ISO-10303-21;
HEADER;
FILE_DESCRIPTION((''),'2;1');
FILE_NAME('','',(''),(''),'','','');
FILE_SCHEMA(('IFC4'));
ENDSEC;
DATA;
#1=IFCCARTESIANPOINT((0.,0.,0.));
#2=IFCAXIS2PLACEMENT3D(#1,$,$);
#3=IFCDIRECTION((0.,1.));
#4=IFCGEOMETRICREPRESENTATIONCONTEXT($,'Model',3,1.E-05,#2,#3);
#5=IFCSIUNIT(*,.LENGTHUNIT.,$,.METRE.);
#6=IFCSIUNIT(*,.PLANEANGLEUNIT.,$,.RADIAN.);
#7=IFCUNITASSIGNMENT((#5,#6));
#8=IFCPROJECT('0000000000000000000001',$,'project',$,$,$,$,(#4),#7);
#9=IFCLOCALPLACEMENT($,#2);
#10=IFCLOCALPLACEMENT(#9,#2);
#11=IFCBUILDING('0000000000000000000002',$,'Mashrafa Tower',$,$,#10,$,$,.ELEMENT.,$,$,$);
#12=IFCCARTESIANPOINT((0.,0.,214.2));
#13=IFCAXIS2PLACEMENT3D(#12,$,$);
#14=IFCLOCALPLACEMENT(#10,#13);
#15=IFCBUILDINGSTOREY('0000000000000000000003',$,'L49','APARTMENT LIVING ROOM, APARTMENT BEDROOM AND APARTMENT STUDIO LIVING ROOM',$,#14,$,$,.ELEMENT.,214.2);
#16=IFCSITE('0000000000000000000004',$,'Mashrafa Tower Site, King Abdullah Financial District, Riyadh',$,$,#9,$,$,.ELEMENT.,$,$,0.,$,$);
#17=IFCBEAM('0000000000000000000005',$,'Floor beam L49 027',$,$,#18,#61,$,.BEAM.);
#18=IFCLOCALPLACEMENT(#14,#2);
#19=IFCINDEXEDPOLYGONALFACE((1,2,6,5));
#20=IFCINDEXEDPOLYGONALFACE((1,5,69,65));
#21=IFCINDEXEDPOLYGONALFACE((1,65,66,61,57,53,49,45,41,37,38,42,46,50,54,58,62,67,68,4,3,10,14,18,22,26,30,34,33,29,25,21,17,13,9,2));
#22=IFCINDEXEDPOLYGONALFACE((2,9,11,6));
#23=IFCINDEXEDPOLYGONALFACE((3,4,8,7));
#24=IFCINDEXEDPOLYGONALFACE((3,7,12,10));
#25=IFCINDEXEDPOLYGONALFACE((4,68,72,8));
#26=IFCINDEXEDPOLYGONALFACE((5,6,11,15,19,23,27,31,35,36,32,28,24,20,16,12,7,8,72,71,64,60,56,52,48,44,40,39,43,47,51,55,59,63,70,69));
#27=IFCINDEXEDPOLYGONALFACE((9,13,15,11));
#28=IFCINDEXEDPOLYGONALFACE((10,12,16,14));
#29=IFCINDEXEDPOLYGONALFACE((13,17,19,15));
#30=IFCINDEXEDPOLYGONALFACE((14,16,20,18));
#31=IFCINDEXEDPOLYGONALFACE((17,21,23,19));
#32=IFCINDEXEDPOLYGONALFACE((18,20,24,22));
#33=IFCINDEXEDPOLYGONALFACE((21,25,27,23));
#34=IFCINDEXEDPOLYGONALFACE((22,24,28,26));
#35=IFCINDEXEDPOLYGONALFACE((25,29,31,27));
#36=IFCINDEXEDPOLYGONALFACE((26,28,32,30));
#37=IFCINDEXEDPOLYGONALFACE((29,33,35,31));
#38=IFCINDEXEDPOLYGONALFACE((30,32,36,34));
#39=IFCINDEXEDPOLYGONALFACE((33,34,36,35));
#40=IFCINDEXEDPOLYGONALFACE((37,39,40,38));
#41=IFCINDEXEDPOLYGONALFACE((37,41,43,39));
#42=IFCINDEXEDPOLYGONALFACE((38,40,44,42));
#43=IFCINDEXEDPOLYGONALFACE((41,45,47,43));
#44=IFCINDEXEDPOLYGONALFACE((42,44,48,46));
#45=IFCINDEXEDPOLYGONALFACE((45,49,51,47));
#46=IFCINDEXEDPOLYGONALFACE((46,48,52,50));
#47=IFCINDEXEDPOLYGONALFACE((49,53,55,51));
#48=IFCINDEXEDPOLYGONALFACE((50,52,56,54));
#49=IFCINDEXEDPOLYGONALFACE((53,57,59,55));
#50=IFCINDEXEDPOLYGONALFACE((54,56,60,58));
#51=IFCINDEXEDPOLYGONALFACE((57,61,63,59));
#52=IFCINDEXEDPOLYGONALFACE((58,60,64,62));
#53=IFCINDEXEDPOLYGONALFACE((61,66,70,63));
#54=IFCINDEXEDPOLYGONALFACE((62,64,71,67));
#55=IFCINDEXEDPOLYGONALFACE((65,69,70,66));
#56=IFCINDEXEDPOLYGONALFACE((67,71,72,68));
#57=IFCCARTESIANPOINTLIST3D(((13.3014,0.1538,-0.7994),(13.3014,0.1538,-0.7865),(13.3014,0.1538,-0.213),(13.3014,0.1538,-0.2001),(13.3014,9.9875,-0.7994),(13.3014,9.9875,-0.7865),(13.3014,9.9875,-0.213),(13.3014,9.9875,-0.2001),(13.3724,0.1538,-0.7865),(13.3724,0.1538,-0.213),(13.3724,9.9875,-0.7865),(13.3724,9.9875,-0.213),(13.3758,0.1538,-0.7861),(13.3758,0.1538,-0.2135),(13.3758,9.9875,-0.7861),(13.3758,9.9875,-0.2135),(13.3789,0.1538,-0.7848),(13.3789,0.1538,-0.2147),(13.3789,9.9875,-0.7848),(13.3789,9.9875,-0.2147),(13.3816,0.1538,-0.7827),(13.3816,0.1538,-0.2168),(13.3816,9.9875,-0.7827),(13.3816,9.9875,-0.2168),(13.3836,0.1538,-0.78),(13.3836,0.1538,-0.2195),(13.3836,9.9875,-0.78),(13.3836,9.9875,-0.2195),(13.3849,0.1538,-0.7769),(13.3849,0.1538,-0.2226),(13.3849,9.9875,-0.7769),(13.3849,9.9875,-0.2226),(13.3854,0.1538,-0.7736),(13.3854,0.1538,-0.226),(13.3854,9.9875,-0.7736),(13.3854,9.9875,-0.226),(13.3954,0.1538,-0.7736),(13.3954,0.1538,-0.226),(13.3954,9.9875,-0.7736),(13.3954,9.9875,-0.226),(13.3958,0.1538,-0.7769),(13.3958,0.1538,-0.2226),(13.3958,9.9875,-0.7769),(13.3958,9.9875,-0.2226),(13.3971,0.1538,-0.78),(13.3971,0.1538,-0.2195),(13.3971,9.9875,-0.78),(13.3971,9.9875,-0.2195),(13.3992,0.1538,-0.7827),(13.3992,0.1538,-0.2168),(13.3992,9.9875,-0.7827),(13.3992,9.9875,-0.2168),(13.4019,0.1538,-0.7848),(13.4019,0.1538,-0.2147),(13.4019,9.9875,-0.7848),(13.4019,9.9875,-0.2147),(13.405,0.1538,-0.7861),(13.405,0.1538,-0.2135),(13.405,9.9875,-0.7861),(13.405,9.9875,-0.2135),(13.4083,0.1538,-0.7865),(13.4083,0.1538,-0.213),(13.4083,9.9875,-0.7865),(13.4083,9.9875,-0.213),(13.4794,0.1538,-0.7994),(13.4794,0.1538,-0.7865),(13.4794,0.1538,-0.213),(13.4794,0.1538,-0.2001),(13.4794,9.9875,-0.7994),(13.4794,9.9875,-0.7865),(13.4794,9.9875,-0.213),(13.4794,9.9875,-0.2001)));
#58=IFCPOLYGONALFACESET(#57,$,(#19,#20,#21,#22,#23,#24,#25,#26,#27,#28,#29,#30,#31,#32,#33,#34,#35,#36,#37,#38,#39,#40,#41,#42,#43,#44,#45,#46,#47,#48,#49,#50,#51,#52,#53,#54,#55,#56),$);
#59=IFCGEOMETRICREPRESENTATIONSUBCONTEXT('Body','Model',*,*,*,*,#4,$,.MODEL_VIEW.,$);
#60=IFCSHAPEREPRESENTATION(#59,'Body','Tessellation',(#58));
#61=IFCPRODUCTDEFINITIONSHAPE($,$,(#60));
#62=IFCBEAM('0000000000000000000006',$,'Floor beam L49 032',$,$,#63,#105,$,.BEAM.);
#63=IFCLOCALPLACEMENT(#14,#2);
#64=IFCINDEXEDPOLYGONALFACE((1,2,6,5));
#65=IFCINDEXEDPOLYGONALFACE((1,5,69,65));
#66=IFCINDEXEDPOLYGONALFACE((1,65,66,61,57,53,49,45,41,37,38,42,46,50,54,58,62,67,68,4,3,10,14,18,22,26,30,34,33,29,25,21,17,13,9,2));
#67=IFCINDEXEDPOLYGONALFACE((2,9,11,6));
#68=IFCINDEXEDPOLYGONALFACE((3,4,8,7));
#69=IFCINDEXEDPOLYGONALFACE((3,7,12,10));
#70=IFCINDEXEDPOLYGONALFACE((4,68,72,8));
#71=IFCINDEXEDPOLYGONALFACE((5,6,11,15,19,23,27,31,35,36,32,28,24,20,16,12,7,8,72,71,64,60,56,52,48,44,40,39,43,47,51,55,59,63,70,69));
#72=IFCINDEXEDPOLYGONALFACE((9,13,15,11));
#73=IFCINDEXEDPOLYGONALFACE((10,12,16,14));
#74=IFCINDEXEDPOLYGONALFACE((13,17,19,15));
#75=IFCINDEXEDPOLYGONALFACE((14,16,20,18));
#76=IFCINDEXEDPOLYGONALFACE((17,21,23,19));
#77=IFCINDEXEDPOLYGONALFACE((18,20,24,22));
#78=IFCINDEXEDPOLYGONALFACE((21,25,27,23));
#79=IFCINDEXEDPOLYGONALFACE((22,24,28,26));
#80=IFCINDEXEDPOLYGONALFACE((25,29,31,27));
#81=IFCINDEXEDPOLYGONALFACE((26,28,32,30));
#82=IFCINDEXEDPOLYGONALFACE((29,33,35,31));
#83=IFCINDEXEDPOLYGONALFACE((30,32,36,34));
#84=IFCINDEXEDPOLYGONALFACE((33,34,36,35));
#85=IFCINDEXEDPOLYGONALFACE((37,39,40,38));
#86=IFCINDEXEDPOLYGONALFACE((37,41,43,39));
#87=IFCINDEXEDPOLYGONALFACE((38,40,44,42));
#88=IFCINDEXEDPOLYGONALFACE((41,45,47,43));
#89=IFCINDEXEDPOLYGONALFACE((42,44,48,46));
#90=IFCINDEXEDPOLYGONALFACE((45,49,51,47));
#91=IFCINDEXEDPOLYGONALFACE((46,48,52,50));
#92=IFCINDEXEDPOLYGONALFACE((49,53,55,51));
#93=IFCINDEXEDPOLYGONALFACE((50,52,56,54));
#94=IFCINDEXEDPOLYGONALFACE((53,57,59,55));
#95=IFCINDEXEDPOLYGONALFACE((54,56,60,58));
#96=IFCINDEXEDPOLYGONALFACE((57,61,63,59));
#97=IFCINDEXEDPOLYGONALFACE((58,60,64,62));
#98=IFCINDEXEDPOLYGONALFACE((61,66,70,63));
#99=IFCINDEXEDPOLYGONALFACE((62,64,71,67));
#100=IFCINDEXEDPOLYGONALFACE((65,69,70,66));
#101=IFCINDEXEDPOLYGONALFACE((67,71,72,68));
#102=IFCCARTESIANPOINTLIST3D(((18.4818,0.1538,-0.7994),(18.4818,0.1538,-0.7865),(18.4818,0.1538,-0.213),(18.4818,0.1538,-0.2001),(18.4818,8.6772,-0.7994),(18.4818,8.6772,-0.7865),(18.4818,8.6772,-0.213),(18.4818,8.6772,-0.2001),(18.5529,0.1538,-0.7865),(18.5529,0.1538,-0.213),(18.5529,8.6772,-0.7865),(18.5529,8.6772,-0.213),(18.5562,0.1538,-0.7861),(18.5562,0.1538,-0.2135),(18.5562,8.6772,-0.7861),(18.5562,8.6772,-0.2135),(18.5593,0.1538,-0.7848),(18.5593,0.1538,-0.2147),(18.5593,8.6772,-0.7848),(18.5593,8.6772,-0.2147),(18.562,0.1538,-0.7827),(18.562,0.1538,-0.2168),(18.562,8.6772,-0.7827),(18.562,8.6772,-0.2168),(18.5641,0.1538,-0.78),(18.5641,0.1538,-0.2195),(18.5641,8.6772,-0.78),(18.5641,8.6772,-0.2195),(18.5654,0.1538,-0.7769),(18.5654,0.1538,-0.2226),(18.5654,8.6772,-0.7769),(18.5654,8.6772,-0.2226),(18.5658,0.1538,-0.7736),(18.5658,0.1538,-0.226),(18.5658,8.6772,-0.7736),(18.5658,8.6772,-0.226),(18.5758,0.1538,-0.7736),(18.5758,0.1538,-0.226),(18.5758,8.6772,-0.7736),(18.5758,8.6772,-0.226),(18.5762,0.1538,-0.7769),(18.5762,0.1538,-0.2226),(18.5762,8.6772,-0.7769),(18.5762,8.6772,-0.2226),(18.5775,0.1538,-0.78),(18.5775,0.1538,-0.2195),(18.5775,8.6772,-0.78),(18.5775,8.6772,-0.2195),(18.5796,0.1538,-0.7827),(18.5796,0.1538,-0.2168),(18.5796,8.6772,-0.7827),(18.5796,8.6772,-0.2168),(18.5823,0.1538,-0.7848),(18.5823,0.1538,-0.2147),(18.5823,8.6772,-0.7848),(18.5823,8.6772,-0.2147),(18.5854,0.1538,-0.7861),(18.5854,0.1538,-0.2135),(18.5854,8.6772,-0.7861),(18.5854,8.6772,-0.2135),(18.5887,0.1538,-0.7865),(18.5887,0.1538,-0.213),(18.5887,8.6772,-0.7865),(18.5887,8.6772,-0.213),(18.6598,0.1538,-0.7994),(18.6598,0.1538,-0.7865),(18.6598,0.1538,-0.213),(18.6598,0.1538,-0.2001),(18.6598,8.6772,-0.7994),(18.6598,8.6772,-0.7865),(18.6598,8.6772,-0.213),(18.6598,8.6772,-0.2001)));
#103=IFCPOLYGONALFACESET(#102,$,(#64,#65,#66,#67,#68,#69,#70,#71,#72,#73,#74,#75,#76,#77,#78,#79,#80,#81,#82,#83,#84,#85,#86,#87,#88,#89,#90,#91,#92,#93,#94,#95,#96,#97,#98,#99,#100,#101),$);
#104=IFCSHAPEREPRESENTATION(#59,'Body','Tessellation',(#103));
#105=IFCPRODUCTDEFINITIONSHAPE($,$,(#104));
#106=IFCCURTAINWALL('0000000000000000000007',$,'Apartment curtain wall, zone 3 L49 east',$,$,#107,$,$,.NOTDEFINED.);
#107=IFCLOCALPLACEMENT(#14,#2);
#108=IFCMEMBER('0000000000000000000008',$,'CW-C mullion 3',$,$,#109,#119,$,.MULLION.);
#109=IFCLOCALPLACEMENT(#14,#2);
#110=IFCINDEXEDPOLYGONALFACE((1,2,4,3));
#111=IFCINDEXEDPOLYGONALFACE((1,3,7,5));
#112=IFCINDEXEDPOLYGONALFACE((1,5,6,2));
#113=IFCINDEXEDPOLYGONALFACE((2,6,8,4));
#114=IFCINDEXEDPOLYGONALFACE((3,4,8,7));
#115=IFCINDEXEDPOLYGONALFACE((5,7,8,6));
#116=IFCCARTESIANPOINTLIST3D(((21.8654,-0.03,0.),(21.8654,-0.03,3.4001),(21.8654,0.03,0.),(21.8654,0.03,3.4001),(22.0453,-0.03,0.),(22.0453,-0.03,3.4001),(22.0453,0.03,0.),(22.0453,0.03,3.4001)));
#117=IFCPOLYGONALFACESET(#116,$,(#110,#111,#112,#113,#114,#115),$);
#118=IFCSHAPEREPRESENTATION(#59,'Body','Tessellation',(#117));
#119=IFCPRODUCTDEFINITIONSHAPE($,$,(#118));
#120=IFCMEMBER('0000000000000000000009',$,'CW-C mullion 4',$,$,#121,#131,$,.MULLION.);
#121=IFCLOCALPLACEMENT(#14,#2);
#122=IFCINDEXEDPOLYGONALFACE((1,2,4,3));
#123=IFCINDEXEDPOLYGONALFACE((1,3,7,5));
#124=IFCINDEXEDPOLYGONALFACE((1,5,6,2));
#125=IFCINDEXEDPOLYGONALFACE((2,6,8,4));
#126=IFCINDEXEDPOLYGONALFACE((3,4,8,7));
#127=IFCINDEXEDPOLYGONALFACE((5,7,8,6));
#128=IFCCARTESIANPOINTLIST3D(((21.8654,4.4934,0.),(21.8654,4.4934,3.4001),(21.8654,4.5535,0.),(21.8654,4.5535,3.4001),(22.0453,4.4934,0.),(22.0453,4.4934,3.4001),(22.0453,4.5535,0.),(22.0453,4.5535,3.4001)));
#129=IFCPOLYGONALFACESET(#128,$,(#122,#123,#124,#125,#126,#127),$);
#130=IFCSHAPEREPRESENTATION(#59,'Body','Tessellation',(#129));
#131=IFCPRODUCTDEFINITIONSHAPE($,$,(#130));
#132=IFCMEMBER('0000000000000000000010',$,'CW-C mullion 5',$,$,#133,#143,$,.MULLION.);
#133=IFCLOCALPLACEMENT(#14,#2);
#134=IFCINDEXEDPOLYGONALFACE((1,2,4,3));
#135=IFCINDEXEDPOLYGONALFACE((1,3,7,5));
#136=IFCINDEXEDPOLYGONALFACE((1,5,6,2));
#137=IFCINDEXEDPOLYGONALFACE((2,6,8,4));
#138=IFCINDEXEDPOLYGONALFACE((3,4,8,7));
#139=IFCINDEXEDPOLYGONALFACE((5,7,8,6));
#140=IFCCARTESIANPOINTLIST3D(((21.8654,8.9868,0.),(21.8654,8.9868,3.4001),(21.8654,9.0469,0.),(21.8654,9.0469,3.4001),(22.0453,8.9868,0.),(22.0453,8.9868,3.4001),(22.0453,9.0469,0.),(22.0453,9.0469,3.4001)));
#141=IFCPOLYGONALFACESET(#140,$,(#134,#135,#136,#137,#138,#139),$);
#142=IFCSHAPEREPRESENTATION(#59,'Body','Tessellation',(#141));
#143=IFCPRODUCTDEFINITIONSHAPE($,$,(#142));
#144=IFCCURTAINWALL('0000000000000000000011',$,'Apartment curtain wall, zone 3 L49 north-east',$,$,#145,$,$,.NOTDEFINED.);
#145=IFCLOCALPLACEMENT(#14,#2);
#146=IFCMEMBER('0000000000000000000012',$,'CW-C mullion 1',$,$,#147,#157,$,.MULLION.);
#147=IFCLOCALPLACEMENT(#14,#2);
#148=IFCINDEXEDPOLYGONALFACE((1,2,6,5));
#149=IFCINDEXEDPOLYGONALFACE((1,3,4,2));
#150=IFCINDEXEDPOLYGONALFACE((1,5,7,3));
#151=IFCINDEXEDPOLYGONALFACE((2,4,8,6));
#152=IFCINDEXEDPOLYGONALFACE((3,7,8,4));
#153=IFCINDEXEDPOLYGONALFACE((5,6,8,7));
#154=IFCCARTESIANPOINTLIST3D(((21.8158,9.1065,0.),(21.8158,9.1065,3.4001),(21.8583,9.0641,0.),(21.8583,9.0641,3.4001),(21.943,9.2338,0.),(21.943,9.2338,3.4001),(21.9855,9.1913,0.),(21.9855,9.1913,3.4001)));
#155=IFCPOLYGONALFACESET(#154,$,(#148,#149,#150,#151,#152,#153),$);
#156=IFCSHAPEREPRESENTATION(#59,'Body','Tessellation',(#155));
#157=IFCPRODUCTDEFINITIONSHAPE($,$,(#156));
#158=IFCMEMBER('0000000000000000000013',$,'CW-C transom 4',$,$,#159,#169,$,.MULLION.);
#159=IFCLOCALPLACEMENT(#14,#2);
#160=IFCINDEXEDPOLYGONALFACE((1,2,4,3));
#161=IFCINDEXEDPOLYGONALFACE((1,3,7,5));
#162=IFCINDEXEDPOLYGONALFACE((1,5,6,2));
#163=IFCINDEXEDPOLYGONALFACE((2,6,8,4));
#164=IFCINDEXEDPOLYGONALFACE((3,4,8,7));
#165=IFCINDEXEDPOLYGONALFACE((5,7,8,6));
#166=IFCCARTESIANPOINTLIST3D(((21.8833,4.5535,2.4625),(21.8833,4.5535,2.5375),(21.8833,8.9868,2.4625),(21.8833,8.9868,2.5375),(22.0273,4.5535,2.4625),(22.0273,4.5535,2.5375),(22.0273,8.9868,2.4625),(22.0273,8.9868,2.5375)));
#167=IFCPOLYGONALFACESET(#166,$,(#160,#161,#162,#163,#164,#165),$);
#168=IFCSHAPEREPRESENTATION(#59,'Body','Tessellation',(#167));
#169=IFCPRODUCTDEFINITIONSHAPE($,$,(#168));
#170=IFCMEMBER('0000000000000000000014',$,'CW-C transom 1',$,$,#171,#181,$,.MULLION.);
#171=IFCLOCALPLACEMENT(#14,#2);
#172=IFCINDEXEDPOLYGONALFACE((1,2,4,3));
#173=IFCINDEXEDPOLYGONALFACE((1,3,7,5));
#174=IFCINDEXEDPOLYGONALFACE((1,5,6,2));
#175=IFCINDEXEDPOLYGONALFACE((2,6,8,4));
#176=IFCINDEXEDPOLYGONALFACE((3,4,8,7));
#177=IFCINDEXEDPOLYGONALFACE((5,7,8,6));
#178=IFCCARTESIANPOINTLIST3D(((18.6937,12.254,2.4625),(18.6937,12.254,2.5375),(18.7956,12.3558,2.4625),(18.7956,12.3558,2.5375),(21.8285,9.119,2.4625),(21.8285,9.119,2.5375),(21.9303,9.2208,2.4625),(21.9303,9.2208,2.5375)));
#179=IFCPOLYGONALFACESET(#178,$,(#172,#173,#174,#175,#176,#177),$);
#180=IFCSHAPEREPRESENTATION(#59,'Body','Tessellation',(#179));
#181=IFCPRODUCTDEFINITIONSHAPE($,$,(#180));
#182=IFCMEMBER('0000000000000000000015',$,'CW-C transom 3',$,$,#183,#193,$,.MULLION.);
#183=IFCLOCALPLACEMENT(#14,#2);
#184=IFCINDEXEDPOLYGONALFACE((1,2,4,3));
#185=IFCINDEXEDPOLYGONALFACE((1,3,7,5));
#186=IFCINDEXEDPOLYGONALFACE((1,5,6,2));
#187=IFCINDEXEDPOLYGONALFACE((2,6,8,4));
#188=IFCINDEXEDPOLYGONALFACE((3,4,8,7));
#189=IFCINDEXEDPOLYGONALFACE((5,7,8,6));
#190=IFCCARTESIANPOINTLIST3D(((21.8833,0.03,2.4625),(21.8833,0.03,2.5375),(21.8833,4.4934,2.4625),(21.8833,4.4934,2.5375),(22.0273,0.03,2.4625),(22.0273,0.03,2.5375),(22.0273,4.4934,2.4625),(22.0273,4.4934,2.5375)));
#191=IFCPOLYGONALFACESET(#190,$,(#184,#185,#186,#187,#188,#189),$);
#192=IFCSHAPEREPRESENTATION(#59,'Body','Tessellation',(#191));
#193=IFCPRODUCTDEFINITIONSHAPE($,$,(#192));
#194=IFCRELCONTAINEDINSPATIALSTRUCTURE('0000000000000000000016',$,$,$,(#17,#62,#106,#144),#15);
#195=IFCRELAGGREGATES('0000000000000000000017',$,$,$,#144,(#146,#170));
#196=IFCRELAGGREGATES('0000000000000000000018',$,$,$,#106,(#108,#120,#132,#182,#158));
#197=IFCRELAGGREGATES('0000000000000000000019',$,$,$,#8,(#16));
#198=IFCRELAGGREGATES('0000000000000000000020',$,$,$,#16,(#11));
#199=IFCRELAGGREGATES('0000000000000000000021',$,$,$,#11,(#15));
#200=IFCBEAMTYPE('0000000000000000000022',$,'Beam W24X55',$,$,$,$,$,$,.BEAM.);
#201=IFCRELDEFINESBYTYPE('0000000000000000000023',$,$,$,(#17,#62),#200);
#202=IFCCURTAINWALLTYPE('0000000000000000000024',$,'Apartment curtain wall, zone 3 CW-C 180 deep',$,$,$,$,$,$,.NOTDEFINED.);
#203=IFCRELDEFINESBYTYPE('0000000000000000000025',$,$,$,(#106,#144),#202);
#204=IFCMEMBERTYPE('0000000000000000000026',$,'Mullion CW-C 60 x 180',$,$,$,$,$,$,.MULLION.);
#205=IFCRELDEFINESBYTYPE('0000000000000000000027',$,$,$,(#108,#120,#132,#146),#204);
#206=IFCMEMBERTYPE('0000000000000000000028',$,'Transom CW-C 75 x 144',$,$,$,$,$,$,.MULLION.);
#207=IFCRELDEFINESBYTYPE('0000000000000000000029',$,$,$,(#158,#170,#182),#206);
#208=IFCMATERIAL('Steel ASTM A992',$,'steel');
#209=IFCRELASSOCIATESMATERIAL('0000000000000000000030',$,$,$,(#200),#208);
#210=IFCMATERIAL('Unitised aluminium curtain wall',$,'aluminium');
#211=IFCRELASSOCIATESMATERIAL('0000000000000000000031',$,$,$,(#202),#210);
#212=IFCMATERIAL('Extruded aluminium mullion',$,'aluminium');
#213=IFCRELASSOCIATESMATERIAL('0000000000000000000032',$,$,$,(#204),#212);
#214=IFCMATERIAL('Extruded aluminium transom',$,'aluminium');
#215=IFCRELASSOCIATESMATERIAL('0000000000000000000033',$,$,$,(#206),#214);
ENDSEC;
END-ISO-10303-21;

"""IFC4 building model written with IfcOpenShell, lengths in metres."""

from ifc_helpers import new_model, si_unit, direction, frame, origin, origin_2d, place, context, subcontext, project, spatial, rectangle, i_section, extrude, source, transform, mapped, material, material_profile, profile_set, type_object, type_shapes, element, aggregate, save


model = new_model("IFC4")

# Units and contexts
model_context = context("Model", 3, precision=1e-05, world=origin(), true_north=direction((0.0, 1.0)))
body_context = subcontext(model_context, "Body", "Model", "MODEL_VIEW")
ifc_project = project(units=[si_unit("LENGTHUNIT", "METRE"), si_unit("PLANEANGLEUNIT", "RADIAN")], contexts=[model_context])

# Site, building, storey
site_placement = place(None, origin())
site = spatial("IfcSite", under=ifc_project, at=site_placement, Name="Mashrafa Tower Site, King Abdullah Financial District, Riyadh", CompositionType="ELEMENT", RefElevation=0.0)
building_placement = place(site_placement, origin())
building = spatial("IfcBuilding", under=site, at=building_placement, Name="Mashrafa Tower", CompositionType="ELEMENT")
storey_placement = place(building_placement, frame((0.0, 0.0, 214.2)))
storey = spatial("IfcBuildingStorey", under=building, at=storey_placement, Name="L49", Description="APARTMENT LIVING ROOM, APARTMENT BEDROOM AND APARTMENT STUDIO LIVING ROOM", CompositionType="ELEMENT", Elevation=214.2)

# Beams
ifc_material_1 = material(Name="Steel ASTM A992", Category="steel")
ifc_material_profile_1 = material_profile(ifc_material_1, i_section(OverallWidth=0.178, OverallDepth=0.5994, WebThickness=0.01, FlangeThickness=0.0129, FilletRadius=0.0129, at=origin_2d()), Name="W24X55")
ifc_profile_set_1 = profile_set([ifc_material_profile_1], Name="Steel ASTM A992")
beam_type_1 = type_object("IfcBeamType", Name="Beam W24X55", PredefinedType="BEAM", material=ifc_profile_set_1)
beam_1_placement = place(storey_placement, frame((13.3904, 9.9875, -0.4998), z_axis=(0.0, -1.0, 0.0), x_axis=(1.0, 0.0, 0.0)))
element("IfcBeam", 1, at=beam_1_placement, inside=storey, type_object=beam_type_1, Name="Floor beam L49 027", PredefinedType="BEAM", context=body_context, shape_type="SweptSolid", body=[
    extrude(i_section(OverallWidth=0.178, OverallDepth=0.5994, WebThickness=0.01, FlangeThickness=0.0129, FilletRadius=0.0129, at=origin_2d()), origin(), (0.0, 0.0, 1.0), 9.8337),
])
beam_2_placement = place(storey_placement, frame((18.5708, 8.6772, -0.4998), z_axis=(0.0, -1.0, 0.0), x_axis=(1.0, 0.0, 0.0)))
element("IfcBeam", 2, at=beam_2_placement, inside=storey, type_object=beam_type_1, Name="Floor beam L49 032", PredefinedType="BEAM", context=body_context, shape_type="SweptSolid", body=[
    extrude(i_section(OverallWidth=0.178, OverallDepth=0.5994, WebThickness=0.01, FlangeThickness=0.0129, FilletRadius=0.0129, at=origin_2d()), origin(), (0.0, 0.0, 1.0), 8.5234),
])

# Curtain wall, members
ifc_material_2 = material(Name="Unitised aluminium curtain wall", Category="aluminium")
curtain_wall_type = type_object("IfcCurtainWallType", Name="Apartment curtain wall, zone 3 CW-C 180 deep", PredefinedType="NOTDEFINED", material=ifc_material_2)
curtain_wall_1_placement = place(storey_placement, origin())
curtain_wall_1 = element("IfcCurtainWall", 3, at=curtain_wall_1_placement, inside=storey, type_object=curtain_wall_type, Name="Apartment curtain wall, zone 3 L49 east", PredefinedType="NOTDEFINED")
ifc_material_3 = material(Name="Extruded aluminium mullion", Category="aluminium")
ifc_material_profile_2 = material_profile(ifc_material_3, rectangle(XDim=0.1799, YDim=0.0601, at=origin_2d()), Name="Mullion 60x180")
ifc_profile_set_2 = profile_set([ifc_material_profile_2], Name="Extruded aluminium mullion")
member_type_1 = type_object("IfcMemberType", Name="Mullion CW-C 60 x 180", PredefinedType="MULLION", material=ifc_profile_set_2)
shared_shape_1 = source(origin(), body_context, "Body", "SweptSolid", [
    extrude(rectangle(XDim=0.1799, YDim=0.0601, at=origin_2d()), origin(), (0.0, 0.0, 1.0), 3.4001),
])
type_shapes(member_type_1, [shared_shape_1])
member_1_placement = place(storey_placement, frame((21.9553, 0.0, 0.0), z_axis=(0.0, 0.0, 1.0), x_axis=(-1.0, 0.0, 0.0)))
member_1 = element("IfcMember", 4, at=member_1_placement, type_object=member_type_1, Name="CW-C mullion 3", PredefinedType="MULLION", context=body_context, shape_type="MappedRepresentation", body=[
    mapped(shared_shape_1, transform((0.0, 0.0, 0.0))),
])
member_2_placement = place(storey_placement, frame((21.9553, 4.5234, 0.0), z_axis=(0.0, 0.0, 1.0), x_axis=(-1.0, 0.0, 0.0)))
member_2 = element("IfcMember", 5, at=member_2_placement, type_object=member_type_1, Name="CW-C mullion 4", PredefinedType="MULLION", context=body_context, shape_type="MappedRepresentation", body=[
    mapped(shared_shape_1, transform((0.0, 0.0, 0.0))),
])
member_3_placement = place(storey_placement, frame((21.9553, 9.0168, 0.0), z_axis=(0.0, 0.0, 1.0), x_axis=(-1.0, 0.0, 0.0)))
member_3 = element("IfcMember", 6, at=member_3_placement, type_object=member_type_1, Name="CW-C mullion 5", PredefinedType="MULLION", context=body_context, shape_type="MappedRepresentation", body=[
    mapped(shared_shape_1, transform((0.0, 0.0, 0.0))),
])

# Curtain wall, member
curtain_wall_2_placement = place(storey_placement, origin())
curtain_wall_2 = element("IfcCurtainWall", 7, at=curtain_wall_2_placement, inside=storey, type_object=curtain_wall_type, Name="Apartment curtain wall, zone 3 L49 north-east", PredefinedType="NOTDEFINED")
member_4_placement = place(storey_placement, frame((21.9006, 9.1489, 0.0), z_axis=(0.0, 0.0, 1.0), x_axis=(-0.707107, -0.707107, 0.0)))
member_4 = element("IfcMember", 8, at=member_4_placement, type_object=member_type_1, Name="CW-C mullion 1", PredefinedType="MULLION", context=body_context, shape_type="MappedRepresentation", body=[
    mapped(shared_shape_1, transform((0.0, 0.0, 0.0))),
])

# Members
ifc_material_4 = material(Name="Extruded aluminium transom", Category="aluminium")
ifc_material_profile_3 = material_profile(ifc_material_4, rectangle(XDim=0.144, YDim=0.075, at=origin_2d()), Name="Transom 75x144")
ifc_profile_set_3 = profile_set([ifc_material_profile_3], Name="Extruded aluminium transom")
member_type_2 = type_object("IfcMemberType", Name="Transom CW-C 75 x 144", PredefinedType="MULLION", material=ifc_profile_set_3)
shared_shape_2 = source(origin(), body_context, "Body", "SweptSolid", [
    extrude(rectangle(XDim=0.144, YDim=0.075, at=origin_2d()), origin(), (0.0, 0.0, 1.0), 4.4333),
])
member_5_placement = place(storey_placement, frame((21.9553, 4.5535, 2.5), z_axis=(0.0, 1.0, 0.0), x_axis=(-1.0, 0.0, 0.0)))
member_5 = element("IfcMember", 9, at=member_5_placement, type_object=member_type_2, Name="CW-C transom 4", PredefinedType="MULLION", context=body_context, shape_type="MappedRepresentation", body=[
    mapped(shared_shape_2, transform((0.0, 0.0, 0.0))),
])
member_6_placement = place(storey_placement, frame((21.8794, 9.1699, 2.5), z_axis=(-0.707079, 0.707134, 0.0), x_axis=(-0.707134, -0.707079, 0.0)))
member_6 = element("IfcMember", 10, at=member_6_placement, type_object=member_type_2, Name="CW-C transom 1", PredefinedType="MULLION", context=body_context, shape_type="MappedRepresentation", body=[
    mapped(shared_shape_2, transform((0.0, 0.0, 0.0))),
])
aggregate(curtain_wall_2, [member_4, member_6])
shared_shape_3 = source(origin(), body_context, "Body", "SweptSolid", [
    extrude(rectangle(XDim=0.144, YDim=0.075, at=origin_2d()), origin(), (0.0, 0.0, 1.0), 4.4634),
])
type_shapes(member_type_2, [shared_shape_2, shared_shape_3])
member_7_placement = place(storey_placement, frame((21.9553, 0.03, 2.5), z_axis=(0.0, 1.0, 0.0), x_axis=(-1.0, 0.0, 0.0)))
member_7 = element("IfcMember", 11, at=member_7_placement, type_object=member_type_2, Name="CW-C transom 3", PredefinedType="MULLION", context=body_context, shape_type="MappedRepresentation", body=[
    mapped(shared_shape_3, transform((0.0, 0.0, 0.0))),
])

aggregate(curtain_wall_1, [member_1, member_2, member_3, member_7, member_5])

save(model, "model.ifc")
